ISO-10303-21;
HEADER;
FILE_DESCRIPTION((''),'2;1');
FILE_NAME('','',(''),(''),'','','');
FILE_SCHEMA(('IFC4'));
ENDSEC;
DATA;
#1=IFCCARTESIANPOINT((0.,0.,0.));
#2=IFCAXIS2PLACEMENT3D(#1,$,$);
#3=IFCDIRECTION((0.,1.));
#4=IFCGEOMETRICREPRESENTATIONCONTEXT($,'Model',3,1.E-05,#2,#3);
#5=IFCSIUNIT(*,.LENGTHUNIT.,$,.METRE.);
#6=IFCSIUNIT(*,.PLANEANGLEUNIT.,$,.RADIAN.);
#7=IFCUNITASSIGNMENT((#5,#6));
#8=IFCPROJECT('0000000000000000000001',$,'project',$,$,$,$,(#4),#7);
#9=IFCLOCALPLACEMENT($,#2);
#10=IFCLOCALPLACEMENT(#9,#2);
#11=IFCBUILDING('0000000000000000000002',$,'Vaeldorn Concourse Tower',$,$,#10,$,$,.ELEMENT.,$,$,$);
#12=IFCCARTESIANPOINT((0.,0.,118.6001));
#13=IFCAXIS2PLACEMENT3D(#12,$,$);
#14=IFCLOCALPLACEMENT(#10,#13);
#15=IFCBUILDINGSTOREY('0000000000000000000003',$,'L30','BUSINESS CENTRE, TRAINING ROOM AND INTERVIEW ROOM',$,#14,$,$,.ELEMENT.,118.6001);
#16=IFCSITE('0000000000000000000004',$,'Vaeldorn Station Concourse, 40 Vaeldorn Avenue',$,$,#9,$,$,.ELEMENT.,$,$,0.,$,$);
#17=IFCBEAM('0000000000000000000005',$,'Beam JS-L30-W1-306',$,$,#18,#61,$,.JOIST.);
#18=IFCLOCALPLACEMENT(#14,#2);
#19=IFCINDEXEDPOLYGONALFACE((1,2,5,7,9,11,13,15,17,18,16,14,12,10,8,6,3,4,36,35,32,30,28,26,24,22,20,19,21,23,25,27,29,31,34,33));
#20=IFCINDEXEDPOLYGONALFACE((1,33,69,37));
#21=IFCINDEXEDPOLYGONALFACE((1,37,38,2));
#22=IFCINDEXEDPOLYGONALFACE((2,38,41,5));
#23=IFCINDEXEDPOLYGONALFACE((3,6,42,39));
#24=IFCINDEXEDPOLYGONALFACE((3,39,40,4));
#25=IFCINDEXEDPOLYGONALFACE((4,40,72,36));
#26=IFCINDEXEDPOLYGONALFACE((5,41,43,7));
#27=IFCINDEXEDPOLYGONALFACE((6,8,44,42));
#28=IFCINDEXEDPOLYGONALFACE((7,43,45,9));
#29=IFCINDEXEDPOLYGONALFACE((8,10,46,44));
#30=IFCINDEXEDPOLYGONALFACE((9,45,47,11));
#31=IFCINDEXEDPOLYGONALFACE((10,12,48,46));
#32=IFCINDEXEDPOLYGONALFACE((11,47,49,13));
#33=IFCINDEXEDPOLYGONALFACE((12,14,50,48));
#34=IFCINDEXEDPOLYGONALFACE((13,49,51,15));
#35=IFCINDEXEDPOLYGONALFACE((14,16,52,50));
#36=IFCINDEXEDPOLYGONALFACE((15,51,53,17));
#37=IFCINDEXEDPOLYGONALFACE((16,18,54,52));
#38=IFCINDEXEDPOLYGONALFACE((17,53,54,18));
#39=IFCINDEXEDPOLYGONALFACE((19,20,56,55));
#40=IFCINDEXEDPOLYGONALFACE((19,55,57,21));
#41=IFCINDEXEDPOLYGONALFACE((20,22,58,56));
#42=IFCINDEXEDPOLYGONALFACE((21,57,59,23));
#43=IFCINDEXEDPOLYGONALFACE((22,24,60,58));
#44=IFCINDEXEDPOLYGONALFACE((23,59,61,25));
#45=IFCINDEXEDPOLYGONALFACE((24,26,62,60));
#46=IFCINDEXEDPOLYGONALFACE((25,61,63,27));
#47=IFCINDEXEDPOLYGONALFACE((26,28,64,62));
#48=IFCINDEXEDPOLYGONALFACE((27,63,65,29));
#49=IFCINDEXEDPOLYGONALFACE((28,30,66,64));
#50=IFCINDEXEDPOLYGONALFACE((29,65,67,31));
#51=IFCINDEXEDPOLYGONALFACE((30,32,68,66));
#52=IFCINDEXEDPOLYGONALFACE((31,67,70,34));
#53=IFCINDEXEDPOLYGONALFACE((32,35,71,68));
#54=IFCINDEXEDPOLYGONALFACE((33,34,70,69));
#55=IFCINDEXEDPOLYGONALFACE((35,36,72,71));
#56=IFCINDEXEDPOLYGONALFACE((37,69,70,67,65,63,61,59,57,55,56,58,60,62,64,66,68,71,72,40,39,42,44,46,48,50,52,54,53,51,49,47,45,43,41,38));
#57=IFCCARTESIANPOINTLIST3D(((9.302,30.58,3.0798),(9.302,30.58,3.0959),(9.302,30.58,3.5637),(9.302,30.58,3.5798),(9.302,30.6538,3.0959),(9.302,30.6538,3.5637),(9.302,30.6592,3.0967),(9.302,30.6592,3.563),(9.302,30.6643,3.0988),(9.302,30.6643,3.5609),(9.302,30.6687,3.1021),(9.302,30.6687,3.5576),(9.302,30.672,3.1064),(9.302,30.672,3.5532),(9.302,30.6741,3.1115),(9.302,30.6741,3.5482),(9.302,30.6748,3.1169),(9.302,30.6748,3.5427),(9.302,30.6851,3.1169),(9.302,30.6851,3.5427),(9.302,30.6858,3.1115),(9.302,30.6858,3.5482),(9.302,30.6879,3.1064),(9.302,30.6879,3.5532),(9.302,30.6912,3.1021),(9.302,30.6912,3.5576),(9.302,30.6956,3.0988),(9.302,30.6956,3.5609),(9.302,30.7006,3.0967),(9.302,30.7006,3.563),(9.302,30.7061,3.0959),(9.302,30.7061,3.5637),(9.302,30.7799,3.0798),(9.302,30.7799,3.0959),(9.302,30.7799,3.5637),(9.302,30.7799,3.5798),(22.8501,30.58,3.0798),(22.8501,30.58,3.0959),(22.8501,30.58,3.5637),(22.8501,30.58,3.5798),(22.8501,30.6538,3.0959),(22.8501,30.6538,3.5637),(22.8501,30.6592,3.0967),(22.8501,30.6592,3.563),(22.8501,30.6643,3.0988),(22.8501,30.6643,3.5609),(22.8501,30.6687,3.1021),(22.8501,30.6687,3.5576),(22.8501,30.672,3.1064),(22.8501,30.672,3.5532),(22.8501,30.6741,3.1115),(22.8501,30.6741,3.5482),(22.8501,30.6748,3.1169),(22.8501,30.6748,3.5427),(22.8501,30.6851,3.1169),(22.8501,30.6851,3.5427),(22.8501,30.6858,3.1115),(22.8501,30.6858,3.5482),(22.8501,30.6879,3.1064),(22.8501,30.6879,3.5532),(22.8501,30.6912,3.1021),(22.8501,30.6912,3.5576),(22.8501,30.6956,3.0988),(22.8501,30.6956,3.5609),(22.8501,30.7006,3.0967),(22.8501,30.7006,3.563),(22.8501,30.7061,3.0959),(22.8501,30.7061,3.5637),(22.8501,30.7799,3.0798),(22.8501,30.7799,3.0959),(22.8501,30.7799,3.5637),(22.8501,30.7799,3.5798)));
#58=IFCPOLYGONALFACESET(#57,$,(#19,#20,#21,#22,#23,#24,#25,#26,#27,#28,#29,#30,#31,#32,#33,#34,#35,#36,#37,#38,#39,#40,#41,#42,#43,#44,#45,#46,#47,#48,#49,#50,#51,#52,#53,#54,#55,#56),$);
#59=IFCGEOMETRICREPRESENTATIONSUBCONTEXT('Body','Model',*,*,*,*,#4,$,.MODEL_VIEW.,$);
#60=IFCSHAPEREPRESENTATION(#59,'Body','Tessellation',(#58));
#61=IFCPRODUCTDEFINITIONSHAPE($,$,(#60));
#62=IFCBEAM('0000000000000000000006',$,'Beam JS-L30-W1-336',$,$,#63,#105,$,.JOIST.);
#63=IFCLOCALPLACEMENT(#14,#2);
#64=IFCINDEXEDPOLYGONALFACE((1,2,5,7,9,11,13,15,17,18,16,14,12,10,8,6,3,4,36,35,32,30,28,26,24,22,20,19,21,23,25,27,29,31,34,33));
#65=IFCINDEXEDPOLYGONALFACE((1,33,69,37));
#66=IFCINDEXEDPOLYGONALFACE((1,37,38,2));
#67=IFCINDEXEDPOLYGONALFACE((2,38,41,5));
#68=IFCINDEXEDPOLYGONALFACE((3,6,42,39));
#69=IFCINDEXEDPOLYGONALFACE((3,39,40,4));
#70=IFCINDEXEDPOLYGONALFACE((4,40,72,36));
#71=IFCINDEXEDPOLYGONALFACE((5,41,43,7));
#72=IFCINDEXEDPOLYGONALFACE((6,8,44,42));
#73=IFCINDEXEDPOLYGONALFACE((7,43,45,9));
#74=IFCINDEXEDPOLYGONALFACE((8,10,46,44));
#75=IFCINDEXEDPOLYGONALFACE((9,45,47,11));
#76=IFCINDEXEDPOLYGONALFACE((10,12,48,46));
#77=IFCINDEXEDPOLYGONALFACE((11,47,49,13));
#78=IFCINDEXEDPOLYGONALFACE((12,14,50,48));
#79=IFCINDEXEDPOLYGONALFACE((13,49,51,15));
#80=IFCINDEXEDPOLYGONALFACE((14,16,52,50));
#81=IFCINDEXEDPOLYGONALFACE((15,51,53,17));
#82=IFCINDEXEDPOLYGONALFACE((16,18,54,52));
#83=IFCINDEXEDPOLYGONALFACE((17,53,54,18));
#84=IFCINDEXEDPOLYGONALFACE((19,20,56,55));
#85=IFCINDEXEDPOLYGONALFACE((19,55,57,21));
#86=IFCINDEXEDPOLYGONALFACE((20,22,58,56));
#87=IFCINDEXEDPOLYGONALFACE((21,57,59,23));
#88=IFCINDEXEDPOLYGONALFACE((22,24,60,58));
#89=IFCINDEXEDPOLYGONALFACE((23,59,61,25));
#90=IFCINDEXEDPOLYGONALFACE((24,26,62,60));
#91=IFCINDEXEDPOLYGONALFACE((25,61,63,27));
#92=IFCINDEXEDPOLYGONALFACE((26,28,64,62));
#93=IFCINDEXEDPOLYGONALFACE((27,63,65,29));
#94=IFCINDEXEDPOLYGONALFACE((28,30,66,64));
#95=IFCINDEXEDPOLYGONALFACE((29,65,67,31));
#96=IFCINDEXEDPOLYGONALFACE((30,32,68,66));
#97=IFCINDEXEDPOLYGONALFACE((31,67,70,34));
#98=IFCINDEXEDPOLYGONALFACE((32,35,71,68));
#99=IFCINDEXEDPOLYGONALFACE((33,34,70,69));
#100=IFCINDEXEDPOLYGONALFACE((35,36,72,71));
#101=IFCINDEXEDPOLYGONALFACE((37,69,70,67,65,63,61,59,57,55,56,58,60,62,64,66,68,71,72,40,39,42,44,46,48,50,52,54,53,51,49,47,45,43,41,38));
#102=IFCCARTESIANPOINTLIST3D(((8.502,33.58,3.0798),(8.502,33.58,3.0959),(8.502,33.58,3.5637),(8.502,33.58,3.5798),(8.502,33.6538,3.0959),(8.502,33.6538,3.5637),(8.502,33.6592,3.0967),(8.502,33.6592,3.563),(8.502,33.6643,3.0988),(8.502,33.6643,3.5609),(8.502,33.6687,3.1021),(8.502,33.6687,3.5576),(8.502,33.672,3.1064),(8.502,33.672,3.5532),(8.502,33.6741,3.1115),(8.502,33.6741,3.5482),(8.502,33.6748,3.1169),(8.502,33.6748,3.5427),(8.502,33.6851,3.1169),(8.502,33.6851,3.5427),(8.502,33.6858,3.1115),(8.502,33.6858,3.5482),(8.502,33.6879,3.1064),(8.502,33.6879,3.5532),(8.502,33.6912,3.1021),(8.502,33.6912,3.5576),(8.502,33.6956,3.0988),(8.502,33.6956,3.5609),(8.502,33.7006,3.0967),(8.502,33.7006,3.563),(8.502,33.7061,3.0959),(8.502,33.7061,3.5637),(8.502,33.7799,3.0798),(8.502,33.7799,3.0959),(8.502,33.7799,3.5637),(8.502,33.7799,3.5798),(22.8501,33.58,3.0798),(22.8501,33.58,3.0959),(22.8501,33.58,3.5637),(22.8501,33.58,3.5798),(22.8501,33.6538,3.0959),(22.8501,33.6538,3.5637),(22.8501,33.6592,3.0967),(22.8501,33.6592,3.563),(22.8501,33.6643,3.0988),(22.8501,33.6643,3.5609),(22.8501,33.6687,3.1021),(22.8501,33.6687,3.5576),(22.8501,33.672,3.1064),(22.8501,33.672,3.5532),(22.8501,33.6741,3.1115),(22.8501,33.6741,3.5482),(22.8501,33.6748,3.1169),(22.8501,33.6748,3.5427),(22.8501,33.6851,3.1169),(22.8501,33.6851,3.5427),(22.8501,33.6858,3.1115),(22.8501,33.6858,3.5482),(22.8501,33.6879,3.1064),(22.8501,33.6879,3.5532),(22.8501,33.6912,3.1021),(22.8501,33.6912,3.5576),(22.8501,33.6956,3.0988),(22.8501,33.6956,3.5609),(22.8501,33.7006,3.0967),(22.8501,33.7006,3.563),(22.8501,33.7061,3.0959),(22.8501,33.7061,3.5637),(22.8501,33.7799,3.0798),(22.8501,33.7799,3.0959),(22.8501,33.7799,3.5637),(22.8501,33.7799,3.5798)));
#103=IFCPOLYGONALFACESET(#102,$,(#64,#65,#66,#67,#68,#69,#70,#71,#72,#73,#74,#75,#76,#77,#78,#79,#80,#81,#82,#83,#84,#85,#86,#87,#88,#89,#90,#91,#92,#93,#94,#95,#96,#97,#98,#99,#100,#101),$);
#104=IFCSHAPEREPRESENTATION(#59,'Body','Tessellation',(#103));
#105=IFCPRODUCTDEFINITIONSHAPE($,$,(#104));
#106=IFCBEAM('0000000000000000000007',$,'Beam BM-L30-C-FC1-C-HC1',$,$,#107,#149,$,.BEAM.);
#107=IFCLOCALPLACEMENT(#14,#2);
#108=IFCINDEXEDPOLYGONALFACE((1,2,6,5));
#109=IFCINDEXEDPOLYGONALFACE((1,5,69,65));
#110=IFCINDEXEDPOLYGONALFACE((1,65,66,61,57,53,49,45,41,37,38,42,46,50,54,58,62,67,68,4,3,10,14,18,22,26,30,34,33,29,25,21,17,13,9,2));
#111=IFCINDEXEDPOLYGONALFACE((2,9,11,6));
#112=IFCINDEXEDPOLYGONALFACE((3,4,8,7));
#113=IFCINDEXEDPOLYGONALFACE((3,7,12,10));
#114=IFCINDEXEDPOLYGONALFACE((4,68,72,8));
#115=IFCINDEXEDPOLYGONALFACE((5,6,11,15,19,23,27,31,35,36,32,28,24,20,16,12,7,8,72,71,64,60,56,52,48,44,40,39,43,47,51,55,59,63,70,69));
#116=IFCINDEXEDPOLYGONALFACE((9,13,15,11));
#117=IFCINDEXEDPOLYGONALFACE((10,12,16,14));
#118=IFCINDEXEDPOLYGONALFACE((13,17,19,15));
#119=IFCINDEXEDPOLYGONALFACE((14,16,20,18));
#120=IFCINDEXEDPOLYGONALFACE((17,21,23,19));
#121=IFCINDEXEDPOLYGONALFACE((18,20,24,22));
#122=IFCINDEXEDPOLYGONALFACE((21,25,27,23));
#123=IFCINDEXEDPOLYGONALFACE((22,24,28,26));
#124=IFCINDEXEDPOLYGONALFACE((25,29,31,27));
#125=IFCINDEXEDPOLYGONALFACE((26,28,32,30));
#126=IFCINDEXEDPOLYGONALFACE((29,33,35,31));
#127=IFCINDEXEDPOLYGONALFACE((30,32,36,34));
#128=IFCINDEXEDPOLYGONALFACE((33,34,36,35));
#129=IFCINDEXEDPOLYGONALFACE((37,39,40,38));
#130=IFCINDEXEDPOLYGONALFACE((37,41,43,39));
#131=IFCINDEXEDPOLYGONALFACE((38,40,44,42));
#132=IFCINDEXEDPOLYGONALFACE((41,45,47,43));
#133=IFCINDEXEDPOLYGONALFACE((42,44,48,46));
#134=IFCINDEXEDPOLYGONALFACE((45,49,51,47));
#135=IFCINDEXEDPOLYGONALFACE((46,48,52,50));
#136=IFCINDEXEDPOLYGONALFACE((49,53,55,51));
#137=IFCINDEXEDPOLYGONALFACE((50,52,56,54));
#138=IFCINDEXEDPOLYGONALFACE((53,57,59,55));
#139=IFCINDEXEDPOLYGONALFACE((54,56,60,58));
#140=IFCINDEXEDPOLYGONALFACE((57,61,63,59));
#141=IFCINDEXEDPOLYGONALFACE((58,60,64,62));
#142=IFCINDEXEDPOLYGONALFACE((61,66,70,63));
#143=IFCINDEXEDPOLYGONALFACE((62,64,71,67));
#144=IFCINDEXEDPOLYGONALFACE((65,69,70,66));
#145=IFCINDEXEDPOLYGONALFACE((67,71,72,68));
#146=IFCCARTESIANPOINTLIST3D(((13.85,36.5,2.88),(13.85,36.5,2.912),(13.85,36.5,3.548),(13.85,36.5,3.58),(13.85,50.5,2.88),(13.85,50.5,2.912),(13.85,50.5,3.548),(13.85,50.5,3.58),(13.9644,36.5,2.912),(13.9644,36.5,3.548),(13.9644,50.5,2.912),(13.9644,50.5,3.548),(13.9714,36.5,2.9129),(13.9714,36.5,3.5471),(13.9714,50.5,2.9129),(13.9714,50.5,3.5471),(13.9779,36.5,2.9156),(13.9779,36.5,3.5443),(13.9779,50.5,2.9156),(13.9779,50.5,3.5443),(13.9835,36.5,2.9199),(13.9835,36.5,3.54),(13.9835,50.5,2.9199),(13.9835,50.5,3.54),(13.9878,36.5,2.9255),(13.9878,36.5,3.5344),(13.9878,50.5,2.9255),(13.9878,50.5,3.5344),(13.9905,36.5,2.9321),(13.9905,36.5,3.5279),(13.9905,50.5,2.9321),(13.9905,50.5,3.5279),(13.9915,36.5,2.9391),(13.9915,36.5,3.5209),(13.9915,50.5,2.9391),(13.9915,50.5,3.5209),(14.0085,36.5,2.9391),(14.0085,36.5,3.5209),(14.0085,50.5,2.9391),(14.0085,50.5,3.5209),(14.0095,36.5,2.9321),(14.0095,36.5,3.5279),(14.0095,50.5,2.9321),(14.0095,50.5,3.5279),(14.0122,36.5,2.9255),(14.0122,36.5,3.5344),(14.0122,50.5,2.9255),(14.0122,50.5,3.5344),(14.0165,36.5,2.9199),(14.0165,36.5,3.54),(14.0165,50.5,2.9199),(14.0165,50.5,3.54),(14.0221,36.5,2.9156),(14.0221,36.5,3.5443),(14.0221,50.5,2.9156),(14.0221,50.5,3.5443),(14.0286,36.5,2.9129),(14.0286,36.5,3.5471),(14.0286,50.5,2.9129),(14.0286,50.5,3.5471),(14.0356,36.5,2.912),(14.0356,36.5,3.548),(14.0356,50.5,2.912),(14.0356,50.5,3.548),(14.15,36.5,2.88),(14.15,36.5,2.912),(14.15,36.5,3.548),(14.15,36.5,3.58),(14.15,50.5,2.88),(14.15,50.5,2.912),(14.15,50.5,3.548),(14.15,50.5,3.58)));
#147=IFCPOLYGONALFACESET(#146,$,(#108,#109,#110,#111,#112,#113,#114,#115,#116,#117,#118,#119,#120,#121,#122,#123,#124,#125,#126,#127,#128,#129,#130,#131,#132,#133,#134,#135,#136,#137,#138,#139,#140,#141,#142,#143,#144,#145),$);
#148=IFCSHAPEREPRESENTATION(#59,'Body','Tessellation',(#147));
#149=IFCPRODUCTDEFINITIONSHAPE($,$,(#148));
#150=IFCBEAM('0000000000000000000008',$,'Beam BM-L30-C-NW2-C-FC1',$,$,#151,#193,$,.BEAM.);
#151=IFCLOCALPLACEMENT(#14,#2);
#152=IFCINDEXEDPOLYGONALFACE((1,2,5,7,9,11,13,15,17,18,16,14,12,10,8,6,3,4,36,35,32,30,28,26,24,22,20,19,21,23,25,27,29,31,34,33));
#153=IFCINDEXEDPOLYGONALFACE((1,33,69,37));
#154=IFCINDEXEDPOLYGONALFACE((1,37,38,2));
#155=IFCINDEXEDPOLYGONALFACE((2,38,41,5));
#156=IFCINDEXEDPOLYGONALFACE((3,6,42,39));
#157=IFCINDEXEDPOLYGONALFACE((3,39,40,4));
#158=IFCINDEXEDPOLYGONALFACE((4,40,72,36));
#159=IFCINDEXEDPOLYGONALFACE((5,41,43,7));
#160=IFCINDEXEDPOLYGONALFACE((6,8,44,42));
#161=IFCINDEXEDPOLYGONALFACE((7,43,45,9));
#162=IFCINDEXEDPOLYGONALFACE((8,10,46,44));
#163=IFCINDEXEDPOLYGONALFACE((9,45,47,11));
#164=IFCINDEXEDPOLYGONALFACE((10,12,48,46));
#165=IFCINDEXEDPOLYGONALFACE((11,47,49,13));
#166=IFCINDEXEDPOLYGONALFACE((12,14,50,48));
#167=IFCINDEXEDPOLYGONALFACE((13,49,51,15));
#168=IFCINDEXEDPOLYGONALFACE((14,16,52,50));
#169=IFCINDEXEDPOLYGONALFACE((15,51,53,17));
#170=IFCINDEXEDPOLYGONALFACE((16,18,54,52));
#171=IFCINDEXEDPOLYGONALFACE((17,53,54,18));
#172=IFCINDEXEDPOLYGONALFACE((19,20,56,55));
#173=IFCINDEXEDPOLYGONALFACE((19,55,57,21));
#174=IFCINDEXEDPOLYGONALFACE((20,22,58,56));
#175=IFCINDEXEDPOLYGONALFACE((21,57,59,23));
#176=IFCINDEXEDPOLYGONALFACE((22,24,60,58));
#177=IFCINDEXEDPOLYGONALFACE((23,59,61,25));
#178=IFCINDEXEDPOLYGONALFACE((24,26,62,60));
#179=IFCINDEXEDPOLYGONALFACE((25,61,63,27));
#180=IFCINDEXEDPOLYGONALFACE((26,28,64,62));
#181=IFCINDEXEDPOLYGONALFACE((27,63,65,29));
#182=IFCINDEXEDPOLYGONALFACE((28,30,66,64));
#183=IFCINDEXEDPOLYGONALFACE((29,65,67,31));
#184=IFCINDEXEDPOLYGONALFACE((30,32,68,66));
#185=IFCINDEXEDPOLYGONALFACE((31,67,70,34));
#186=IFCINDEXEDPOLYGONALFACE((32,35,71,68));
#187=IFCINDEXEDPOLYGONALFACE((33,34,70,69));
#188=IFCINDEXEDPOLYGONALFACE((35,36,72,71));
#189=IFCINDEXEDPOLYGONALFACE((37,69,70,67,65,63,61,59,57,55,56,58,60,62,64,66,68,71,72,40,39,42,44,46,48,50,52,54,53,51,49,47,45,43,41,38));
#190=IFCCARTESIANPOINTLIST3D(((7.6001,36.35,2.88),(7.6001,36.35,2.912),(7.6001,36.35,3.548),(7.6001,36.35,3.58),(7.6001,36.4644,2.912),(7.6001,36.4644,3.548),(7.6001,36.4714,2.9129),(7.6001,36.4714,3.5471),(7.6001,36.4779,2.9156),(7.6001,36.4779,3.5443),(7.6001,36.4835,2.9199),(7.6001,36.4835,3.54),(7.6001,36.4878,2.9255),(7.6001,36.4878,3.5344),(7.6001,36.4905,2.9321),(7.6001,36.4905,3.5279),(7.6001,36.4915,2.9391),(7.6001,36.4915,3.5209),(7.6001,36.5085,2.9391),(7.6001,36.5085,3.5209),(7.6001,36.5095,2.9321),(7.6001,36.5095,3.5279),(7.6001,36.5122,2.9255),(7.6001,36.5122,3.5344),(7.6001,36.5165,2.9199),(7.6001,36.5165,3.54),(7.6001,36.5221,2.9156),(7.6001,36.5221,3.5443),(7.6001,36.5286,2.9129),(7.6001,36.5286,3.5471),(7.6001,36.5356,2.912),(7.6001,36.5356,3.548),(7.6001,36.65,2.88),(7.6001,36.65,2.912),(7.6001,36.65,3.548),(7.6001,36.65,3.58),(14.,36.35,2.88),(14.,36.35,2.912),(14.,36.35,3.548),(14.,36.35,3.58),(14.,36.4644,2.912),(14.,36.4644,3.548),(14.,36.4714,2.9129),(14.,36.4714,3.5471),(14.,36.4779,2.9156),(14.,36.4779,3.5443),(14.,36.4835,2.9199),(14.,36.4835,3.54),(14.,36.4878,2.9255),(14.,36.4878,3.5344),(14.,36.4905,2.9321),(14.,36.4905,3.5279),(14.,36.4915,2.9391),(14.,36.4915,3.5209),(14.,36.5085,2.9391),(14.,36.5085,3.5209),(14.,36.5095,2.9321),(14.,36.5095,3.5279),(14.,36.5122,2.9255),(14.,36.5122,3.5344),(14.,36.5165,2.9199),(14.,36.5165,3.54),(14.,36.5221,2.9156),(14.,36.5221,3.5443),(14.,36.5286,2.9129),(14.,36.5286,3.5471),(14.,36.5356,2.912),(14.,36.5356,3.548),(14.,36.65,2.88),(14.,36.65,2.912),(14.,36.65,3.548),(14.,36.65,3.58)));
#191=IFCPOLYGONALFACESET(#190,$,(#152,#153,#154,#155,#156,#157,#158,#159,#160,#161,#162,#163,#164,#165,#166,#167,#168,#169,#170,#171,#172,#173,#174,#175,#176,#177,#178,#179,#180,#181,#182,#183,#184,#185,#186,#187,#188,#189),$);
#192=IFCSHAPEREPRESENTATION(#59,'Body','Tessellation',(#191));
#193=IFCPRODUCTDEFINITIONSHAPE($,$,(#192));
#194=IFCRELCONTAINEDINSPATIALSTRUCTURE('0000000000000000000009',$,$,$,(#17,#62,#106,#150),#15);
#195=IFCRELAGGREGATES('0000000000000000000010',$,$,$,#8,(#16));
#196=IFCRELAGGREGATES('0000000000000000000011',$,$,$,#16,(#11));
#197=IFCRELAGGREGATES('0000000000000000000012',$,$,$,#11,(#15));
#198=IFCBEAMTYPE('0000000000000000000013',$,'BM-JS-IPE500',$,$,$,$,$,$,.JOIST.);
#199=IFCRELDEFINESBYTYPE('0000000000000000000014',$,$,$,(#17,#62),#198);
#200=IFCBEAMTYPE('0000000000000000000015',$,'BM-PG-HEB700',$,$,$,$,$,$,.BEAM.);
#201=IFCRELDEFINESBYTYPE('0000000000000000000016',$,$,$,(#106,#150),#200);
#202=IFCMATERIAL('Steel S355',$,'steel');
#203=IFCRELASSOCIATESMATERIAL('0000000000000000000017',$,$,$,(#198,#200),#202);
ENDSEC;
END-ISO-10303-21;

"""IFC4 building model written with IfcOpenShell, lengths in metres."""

from ifc_helpers import new_model, si_unit, direction, frame, origin, origin_2d, place, context, subcontext, project, spatial, i_section, extrude, source, transform, mapped, material, material_profile, profile_set, type_object, element, save


model = new_model("IFC4")

# Units and contexts
model_context = context("Model", 3, precision=1e-05, world=origin(), true_north=direction((0.0, 1.0)))
body_context = subcontext(model_context, "Body", "Model", "MODEL_VIEW")
ifc_project = project(units=[si_unit("LENGTHUNIT", "METRE"), si_unit("PLANEANGLEUNIT", "RADIAN")], contexts=[model_context])

# Site, building, storey
site_placement = place(None, origin())
site = spatial("IfcSite", under=ifc_project, at=site_placement, Name="Vaeldorn Station Concourse, 40 Vaeldorn Avenue", CompositionType="ELEMENT", RefElevation=0.0)
building_placement = place(site_placement, origin())
building = spatial("IfcBuilding", under=site, at=building_placement, Name="Vaeldorn Concourse Tower", CompositionType="ELEMENT")
storey_placement = place(building_placement, frame((0.0, 0.0, 118.6001)))
storey = spatial("IfcBuildingStorey", under=building, at=storey_placement, Name="L30", Description="BUSINESS CENTRE, TRAINING ROOM AND INTERVIEW ROOM", CompositionType="ELEMENT", Elevation=118.6001)

# Beams
ifc_material_1 = material(Name="Steel S355", Category="steel")
ifc_material_profile_1 = material_profile(ifc_material_1, i_section(OverallWidth=0.2, OverallDepth=0.5, WebThickness=0.0103, FlangeThickness=0.0161, FilletRadius=0.021, at=origin_2d()), Name="IPE 500")
ifc_profile_set_1 = profile_set([ifc_material_profile_1], Name="Steel S355")
beam_type_1 = type_object("IfcBeamType", Name="BM-JS-IPE500", PredefinedType="JOIST", material=ifc_profile_set_1)
shared_shape_1 = source(origin(), body_context, "Body", "SweptSolid", [
    extrude(i_section(OverallWidth=0.2, OverallDepth=0.5, WebThickness=0.0103, FlangeThickness=0.0161, FilletRadius=0.021, at=origin_2d()), origin(), (0.0, 0.0, 1.0), 13.5481),
])
beam_1_placement = place(storey_placement, frame((9.302, 30.6799, 3.3298), z_axis=(1.0, 0.0, 0.0), x_axis=(0.0, 1.0, 0.0)))
element("IfcBeam", 1, at=beam_1_placement, inside=storey, type_object=beam_type_1, Name="Beam JS-L30-W1-306", PredefinedType="JOIST", context=body_context, shape_type="MappedRepresentation", body=[
    mapped(shared_shape_1, transform((0.0, 0.0, 0.0), scale=1.0)),
])
shared_shape_2 = source(origin(), body_context, "Body", "SweptSolid", [
    extrude(i_section(OverallWidth=0.2, OverallDepth=0.5, WebThickness=0.0103, FlangeThickness=0.0161, FilletRadius=0.021, at=origin_2d()), origin(), (0.0, 0.0, 1.0), 14.3481),
])
beam_2_placement = place(storey_placement, frame((8.502, 33.6799, 3.3298), z_axis=(1.0, 0.0, 0.0), x_axis=(0.0, 1.0, 0.0)))
element("IfcBeam", 2, at=beam_2_placement, inside=storey, type_object=beam_type_1, Name="Beam JS-L30-W1-336", PredefinedType="JOIST", context=body_context, shape_type="MappedRepresentation", body=[
    mapped(shared_shape_2, transform((0.0, 0.0, 0.0), scale=1.0)),
])
ifc_material_profile_2 = material_profile(ifc_material_1, i_section(OverallWidth=0.3, OverallDepth=0.7, WebThickness=0.0171, FlangeThickness=0.032, FilletRadius=0.0271, at=origin_2d()), Name="HEB 700")
ifc_profile_set_2 = profile_set([ifc_material_profile_2], Name="Steel S355")
beam_type_2 = type_object("IfcBeamType", Name="BM-PG-HEB700", PredefinedType="BEAM", material=ifc_profile_set_2)
shared_shape_3 = source(origin(), body_context, "Body", "SweptSolid", [
    extrude(i_section(OverallWidth=0.3, OverallDepth=0.7, WebThickness=0.0171, FlangeThickness=0.032, FilletRadius=0.0271, at=origin_2d()), origin(), (0.0, 0.0, 1.0), 14.0),
])
beam_3_placement = place(storey_placement, frame((14.0, 36.5, 3.23), z_axis=(0.0, 1.0, 0.0), x_axis=(-1.0, 0.0, 0.0)))
element("IfcBeam", 3, at=beam_3_placement, inside=storey, type_object=beam_type_2, Name="Beam BM-L30-C-FC1-C-HC1", PredefinedType="BEAM", context=body_context, shape_type="MappedRepresentation", body=[
    mapped(shared_shape_3, transform((0.0, 0.0, 0.0), scale=1.0)),
])
shared_shape_4 = source(origin(), body_context, "Body", "SweptSolid", [
    extrude(i_section(OverallWidth=0.3, OverallDepth=0.7, WebThickness=0.0171, FlangeThickness=0.032, FilletRadius=0.0271, at=origin_2d()), origin(), (0.0, 0.0, 1.0), 6.3999),
])
beam_4_placement = place(storey_placement, frame((7.6001, 36.5, 3.23), z_axis=(1.0, 0.0, 0.0), x_axis=(0.0, 1.0, 0.0)))
element("IfcBeam", 4, at=beam_4_placement, inside=storey, type_object=beam_type_2, Name="Beam BM-L30-C-NW2-C-FC1", PredefinedType="BEAM", context=body_context, shape_type="MappedRepresentation", body=[
    mapped(shared_shape_4, transform((0.0, 0.0, 0.0), scale=1.0)),
])

save(model, "model.ifc")
